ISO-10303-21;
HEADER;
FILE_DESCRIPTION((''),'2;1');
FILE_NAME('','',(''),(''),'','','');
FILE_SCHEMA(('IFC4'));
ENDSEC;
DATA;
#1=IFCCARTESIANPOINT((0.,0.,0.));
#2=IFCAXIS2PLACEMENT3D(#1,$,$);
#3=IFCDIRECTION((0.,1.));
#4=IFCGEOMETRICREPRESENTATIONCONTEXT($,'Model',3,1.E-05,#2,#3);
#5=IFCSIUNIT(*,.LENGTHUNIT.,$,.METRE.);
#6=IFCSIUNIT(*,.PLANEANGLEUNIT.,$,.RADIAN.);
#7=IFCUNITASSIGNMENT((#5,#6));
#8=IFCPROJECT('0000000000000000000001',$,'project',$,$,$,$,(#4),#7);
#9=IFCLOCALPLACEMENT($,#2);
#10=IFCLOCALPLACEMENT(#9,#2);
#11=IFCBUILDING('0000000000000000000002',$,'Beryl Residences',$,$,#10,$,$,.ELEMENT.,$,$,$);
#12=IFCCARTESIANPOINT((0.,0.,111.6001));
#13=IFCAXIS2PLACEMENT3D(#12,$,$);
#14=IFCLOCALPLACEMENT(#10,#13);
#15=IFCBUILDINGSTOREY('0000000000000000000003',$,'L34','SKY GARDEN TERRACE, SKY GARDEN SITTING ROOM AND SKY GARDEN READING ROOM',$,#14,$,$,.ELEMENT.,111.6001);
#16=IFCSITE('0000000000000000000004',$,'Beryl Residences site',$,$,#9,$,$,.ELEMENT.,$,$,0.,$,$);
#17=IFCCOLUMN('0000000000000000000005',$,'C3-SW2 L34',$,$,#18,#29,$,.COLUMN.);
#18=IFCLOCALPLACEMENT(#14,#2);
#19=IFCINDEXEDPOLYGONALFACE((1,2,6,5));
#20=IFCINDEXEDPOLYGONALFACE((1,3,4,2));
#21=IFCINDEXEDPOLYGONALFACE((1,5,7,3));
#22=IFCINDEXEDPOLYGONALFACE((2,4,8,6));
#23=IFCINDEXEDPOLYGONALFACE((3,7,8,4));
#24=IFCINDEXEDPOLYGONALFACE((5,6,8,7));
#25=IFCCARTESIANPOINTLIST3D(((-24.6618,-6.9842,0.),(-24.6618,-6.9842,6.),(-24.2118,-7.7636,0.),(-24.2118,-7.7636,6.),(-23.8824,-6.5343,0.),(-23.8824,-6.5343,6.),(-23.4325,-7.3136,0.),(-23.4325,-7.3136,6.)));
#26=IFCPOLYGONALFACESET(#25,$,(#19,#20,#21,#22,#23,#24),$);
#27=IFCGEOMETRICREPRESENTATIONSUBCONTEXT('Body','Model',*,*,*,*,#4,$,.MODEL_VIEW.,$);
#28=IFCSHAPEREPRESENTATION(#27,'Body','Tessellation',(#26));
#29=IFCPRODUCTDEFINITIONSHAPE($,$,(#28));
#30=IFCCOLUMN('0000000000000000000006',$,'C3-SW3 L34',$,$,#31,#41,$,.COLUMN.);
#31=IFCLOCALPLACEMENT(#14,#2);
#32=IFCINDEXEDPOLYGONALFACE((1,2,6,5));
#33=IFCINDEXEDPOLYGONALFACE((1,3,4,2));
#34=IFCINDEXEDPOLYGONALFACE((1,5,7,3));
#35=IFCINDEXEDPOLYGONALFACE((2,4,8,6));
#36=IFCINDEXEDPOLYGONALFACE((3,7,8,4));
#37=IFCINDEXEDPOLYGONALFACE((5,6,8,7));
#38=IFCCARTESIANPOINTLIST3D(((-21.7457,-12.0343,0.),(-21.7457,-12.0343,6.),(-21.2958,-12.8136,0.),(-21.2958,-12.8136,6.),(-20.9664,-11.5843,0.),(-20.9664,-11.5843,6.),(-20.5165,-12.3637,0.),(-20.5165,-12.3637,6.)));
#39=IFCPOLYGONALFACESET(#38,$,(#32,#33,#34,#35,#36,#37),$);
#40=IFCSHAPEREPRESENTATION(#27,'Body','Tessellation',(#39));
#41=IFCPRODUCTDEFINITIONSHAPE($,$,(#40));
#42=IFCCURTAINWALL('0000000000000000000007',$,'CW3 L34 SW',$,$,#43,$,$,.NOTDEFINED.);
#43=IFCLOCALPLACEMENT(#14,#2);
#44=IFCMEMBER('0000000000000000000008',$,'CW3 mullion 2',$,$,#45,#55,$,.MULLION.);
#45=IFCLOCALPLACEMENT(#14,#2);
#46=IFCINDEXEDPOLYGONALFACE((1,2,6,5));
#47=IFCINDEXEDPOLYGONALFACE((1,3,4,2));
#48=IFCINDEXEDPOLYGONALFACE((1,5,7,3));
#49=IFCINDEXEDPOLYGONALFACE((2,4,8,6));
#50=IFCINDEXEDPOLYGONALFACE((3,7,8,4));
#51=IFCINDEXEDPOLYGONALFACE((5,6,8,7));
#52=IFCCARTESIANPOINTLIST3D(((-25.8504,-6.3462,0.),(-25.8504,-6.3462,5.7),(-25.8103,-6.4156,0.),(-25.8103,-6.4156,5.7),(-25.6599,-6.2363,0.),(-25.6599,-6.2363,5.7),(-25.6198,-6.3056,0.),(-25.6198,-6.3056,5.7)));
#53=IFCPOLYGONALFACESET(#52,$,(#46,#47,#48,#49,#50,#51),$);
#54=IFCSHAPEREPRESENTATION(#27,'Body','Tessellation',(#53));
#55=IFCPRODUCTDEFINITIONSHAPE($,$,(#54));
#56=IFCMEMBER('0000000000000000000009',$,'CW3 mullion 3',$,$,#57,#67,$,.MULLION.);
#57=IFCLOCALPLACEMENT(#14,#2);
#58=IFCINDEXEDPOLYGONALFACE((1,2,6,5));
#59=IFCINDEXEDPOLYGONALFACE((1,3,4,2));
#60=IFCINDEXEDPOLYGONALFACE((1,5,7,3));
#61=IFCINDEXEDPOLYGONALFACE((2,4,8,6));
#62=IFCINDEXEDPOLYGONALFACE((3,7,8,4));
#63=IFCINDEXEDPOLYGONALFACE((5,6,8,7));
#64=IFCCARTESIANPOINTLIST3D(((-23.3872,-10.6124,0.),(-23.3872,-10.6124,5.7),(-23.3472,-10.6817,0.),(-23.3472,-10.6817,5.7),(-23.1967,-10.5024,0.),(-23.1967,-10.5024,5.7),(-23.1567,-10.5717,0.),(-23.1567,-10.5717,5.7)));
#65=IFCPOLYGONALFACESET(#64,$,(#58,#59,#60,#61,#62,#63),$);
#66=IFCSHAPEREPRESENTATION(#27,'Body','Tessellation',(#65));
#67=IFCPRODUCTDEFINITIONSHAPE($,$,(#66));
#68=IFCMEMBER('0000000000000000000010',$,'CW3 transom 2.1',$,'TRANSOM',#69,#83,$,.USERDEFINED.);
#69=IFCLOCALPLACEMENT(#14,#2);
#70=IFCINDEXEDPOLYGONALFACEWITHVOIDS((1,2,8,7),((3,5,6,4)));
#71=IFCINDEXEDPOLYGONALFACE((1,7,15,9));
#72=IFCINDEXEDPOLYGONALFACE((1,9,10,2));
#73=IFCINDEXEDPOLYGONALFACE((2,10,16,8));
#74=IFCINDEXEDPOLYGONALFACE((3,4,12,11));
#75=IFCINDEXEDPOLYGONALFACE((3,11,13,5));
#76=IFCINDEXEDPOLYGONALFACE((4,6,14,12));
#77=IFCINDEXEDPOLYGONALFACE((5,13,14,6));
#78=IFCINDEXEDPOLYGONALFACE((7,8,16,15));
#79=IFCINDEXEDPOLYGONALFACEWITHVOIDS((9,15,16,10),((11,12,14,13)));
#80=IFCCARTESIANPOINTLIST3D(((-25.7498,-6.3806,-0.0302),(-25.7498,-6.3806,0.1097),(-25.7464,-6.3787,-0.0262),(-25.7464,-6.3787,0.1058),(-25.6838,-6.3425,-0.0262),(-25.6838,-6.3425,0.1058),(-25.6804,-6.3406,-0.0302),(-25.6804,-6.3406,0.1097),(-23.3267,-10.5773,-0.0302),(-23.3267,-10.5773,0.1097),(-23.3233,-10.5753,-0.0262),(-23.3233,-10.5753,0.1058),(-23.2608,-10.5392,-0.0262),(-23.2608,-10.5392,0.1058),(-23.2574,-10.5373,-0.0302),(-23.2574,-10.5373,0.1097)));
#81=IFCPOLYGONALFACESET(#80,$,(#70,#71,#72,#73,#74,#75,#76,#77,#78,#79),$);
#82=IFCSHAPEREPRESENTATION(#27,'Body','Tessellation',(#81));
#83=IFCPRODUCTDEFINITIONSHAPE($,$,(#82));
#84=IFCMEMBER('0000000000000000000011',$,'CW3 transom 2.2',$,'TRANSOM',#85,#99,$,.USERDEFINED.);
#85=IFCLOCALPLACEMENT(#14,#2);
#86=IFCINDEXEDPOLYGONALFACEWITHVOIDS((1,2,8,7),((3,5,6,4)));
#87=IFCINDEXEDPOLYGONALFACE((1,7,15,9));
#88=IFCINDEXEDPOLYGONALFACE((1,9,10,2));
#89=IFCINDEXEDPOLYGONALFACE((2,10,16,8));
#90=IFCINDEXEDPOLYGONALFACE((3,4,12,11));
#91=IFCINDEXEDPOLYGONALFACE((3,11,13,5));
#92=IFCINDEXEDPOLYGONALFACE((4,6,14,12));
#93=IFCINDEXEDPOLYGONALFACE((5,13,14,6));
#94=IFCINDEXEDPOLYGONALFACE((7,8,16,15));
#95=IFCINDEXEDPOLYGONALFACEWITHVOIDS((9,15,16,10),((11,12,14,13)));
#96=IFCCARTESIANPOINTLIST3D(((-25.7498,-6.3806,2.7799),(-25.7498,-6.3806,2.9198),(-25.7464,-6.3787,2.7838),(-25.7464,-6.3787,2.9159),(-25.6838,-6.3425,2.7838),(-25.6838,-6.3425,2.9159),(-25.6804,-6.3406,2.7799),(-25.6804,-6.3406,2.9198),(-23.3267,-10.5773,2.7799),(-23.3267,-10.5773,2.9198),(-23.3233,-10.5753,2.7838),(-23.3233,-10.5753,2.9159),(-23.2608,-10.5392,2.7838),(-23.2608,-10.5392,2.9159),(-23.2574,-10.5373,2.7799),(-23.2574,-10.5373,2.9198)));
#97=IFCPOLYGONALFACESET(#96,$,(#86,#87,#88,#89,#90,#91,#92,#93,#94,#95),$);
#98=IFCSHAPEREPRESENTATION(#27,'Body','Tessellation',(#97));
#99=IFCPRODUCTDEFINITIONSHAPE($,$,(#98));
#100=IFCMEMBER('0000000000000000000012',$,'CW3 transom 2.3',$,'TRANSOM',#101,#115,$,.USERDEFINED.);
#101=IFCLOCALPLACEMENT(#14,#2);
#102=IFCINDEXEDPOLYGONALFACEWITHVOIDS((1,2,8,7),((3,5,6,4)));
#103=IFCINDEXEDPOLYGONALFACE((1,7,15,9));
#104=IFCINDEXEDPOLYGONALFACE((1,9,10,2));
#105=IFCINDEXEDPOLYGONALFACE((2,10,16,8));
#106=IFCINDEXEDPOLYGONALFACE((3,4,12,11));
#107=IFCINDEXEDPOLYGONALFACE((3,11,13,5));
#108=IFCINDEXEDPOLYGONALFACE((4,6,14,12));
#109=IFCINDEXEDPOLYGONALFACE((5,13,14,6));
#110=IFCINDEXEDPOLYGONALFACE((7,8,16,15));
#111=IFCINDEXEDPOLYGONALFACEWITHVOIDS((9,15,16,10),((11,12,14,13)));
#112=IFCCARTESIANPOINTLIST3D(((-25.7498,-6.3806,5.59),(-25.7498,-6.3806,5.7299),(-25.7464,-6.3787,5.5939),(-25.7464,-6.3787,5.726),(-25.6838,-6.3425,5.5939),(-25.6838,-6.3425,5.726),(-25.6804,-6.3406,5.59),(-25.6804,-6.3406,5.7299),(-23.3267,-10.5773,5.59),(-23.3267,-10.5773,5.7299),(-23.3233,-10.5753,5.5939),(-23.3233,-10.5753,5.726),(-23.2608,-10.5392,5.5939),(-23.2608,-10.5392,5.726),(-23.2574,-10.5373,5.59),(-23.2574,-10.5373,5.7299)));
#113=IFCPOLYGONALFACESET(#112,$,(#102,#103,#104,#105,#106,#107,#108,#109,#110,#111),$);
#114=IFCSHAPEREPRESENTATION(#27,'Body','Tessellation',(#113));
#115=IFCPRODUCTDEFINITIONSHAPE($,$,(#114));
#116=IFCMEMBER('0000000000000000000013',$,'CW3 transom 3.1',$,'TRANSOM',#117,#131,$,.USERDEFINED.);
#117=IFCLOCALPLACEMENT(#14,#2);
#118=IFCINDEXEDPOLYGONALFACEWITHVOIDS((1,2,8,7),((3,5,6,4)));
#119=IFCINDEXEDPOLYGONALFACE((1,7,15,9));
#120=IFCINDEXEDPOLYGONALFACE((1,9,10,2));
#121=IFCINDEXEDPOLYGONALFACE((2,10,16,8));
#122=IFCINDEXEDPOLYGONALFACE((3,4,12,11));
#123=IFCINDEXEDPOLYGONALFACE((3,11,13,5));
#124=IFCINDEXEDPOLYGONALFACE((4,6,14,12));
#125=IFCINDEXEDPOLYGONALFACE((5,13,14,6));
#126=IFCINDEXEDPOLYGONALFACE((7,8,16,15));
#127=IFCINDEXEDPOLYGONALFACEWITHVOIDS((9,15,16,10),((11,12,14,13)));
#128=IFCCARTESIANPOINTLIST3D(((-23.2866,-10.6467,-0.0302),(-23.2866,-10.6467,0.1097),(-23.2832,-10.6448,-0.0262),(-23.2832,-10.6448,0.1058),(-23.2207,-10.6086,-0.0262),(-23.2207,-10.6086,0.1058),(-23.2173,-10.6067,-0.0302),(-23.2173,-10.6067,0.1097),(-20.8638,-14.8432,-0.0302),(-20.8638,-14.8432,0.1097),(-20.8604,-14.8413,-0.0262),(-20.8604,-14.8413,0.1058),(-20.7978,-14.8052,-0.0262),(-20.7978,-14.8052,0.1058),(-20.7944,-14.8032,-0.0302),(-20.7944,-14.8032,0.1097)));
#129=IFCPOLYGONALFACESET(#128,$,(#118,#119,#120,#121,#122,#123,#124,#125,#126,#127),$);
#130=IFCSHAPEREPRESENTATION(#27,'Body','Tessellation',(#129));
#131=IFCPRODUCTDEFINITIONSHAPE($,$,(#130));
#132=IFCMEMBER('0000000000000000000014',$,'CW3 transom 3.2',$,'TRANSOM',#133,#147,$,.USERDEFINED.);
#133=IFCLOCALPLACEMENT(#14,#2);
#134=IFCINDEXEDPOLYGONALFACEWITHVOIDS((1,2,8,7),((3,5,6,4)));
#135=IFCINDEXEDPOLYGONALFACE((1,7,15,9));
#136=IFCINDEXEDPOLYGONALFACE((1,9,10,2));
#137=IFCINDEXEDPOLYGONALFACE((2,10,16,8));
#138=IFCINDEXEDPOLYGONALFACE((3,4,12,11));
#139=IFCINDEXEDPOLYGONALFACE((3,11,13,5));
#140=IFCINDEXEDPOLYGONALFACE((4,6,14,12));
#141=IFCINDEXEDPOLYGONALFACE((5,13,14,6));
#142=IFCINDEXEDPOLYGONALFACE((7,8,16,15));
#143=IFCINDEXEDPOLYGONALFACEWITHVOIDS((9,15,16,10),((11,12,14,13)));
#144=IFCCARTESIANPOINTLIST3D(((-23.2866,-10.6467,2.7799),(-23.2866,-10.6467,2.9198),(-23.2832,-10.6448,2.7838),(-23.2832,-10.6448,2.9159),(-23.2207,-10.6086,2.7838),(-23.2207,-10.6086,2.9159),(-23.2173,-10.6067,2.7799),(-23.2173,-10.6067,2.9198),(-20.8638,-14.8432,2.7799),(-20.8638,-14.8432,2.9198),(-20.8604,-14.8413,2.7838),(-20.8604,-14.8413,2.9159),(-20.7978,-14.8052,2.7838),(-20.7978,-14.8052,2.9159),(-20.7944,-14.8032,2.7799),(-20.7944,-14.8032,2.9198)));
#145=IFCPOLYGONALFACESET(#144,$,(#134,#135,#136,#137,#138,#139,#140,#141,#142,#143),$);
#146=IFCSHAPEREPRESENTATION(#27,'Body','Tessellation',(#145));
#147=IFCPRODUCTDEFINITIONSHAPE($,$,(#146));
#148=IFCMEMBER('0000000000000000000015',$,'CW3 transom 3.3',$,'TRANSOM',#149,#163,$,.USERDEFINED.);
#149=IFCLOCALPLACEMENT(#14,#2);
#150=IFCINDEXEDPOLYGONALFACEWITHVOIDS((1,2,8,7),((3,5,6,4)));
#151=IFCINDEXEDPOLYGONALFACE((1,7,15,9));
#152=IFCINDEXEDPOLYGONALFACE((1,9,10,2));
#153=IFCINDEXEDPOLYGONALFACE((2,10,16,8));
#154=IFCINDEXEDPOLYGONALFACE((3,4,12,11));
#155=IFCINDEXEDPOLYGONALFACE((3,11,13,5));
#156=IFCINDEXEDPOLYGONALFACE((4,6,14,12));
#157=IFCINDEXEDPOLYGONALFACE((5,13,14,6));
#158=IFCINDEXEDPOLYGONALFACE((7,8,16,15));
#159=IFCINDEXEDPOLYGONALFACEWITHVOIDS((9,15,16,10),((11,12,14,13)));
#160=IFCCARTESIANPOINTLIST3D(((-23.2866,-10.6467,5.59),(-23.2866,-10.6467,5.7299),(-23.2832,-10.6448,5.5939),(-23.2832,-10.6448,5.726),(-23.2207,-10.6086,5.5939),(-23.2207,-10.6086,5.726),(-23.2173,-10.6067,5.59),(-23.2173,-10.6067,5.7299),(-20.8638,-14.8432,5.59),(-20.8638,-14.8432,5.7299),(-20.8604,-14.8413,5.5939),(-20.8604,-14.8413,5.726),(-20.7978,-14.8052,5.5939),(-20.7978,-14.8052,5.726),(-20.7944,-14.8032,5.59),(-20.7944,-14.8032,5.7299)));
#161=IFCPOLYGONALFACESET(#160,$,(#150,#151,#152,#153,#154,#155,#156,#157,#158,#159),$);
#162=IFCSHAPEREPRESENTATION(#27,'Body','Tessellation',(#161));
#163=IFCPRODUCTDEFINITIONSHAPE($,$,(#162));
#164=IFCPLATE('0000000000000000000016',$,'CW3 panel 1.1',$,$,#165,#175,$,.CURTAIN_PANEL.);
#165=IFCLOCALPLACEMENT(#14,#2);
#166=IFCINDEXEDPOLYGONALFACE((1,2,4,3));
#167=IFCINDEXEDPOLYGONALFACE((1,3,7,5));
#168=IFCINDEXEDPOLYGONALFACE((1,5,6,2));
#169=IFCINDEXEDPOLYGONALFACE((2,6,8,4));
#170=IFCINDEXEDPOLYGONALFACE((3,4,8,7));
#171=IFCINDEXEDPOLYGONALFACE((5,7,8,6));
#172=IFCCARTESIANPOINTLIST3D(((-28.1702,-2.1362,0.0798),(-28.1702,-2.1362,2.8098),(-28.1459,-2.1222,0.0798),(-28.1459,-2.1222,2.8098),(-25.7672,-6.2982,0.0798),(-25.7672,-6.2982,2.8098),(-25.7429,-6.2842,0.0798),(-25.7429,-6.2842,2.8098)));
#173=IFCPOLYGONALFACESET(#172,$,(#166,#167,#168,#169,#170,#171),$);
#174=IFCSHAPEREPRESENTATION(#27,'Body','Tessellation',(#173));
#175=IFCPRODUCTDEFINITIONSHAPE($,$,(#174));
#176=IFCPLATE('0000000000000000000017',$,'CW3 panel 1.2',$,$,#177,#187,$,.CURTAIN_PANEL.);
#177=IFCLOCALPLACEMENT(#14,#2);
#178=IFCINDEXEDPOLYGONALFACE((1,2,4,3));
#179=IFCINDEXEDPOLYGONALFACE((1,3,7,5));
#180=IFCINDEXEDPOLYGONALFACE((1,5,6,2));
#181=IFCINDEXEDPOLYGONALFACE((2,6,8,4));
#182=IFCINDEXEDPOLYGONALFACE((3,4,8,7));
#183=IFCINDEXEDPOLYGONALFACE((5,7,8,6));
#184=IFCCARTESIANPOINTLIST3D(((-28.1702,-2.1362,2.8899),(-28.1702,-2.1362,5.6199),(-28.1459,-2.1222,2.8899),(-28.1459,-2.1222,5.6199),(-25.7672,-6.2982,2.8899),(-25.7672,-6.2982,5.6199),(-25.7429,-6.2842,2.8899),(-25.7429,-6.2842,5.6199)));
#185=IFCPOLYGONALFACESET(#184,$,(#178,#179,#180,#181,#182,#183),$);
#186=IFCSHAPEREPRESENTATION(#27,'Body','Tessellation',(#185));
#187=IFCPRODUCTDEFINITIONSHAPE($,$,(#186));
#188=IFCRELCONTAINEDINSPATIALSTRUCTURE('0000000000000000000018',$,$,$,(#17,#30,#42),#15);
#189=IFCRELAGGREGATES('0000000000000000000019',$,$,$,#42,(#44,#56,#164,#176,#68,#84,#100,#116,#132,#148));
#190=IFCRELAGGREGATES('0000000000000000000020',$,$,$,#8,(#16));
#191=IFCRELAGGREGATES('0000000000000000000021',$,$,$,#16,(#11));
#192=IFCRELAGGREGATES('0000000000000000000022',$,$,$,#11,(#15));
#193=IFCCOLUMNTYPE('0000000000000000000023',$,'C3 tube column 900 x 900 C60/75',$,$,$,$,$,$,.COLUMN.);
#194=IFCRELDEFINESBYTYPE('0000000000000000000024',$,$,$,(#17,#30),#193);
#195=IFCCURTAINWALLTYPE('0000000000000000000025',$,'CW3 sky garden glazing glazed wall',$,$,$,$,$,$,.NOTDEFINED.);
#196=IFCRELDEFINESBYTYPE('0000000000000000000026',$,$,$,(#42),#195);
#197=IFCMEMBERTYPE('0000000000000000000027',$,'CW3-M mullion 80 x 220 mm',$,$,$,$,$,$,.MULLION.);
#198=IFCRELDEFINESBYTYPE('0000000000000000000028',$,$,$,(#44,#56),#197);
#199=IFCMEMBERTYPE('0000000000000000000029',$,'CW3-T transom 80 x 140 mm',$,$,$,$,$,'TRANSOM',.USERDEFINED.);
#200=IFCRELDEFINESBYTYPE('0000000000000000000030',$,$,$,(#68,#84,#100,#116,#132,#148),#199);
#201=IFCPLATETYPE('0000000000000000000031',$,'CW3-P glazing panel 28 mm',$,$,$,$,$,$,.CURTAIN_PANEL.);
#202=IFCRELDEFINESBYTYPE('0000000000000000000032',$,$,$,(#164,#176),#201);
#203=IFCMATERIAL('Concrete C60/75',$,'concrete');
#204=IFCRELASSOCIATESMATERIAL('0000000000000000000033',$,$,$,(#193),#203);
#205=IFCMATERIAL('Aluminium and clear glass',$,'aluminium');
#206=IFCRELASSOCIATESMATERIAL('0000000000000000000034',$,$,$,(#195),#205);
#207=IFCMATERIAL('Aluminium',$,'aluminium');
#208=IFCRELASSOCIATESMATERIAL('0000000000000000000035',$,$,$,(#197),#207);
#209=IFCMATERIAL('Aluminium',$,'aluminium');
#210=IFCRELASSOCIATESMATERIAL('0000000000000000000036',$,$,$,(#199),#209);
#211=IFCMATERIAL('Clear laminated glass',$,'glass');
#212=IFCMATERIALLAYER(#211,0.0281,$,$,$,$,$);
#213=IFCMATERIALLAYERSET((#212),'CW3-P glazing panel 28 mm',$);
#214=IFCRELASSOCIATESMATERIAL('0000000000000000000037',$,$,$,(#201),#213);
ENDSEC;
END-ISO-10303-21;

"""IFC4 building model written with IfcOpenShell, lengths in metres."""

from ifc_helpers import new_model, si_unit, direction, frame, origin, origin_2d, place, context, subcontext, project, spatial, rectangle, hollow_rectangle, extrude, material, layer, layer_set, material_profile, profile_set, type_object, element, aggregate, save


model = new_model("IFC4")

# Units and contexts
model_context = context("Model", 3, precision=1e-05, world=origin(), true_north=direction((0.0, 1.0)))
body_context = subcontext(model_context, "Body", "Model", "MODEL_VIEW")
ifc_project = project(units=[si_unit("LENGTHUNIT", "METRE"), si_unit("PLANEANGLEUNIT", "RADIAN")], contexts=[model_context])

# Site, building, storey
site_placement = place(None, origin())
site = spatial("IfcSite", under=ifc_project, at=site_placement, Name="Beryl Residences site", CompositionType="ELEMENT", RefElevation=0.0)
building_placement = place(site_placement, origin())
building = spatial("IfcBuilding", under=site, at=building_placement, Name="Beryl Residences", CompositionType="ELEMENT")
storey_placement = place(building_placement, frame((0.0, 0.0, 111.6001)))
storey = spatial("IfcBuildingStorey", under=building, at=storey_placement, Name="L34", Description="SKY GARDEN TERRACE, SKY GARDEN SITTING ROOM AND SKY GARDEN READING ROOM", CompositionType="ELEMENT", Elevation=111.6001)

# Columns
ifc_material_1 = material(Name="Concrete C60/75", Category="concrete")
ifc_material_profile_1 = material_profile(ifc_material_1, rectangle(XDim=0.8999, YDim=0.8999, at=origin_2d()))
ifc_profile_set_1 = profile_set([ifc_material_profile_1], Name="Concrete C60/75")
column_type = type_object("IfcColumnType", Name="C3 tube column 900 x 900 C60/75", PredefinedType="COLUMN", material=ifc_profile_set_1)
for number, where, z_axis, x_axis, name in (
    (1, (-24.0471, -7.1489, 0.0), (0.0, 0.0, 1.0), (0.5, -0.866025, 0.0), "C3-SW2 L34"),
    (2, (-21.1311, -12.199, 0.0), (0.0, 0.0, 1.0), (0.5, -0.866025, 0.0), "C3-SW3 L34"),
):
    element("IfcColumn", number, at=place(storey_placement, frame(where, z_axis=z_axis, x_axis=x_axis)), inside=storey, type_object=column_type, Name=name, PredefinedType="COLUMN", context=body_context, shape_type="SweptSolid", body=[
        extrude(rectangle(XDim=0.8999, YDim=0.8999, at=origin_2d()), origin(), (0.0, 0.0, 1.0), 6.0),
    ])

# Curtain wall, members, plates
ifc_material_2 = material(Name="Aluminium and clear glass", Category="aluminium")
curtain_wall_type = type_object("IfcCurtainWallType", Name="CW3 sky garden glazing glazed wall", PredefinedType="NOTDEFINED", material=ifc_material_2)
curtain_wall_placement = place(storey_placement, origin())
curtain_wall = element("IfcCurtainWall", 3, at=curtain_wall_placement, inside=storey, type_object=curtain_wall_type, Name="CW3 L34 SW", PredefinedType="NOTDEFINED")
ifc_material_3 = material(Name="Aluminium", Category="aluminium")
ifc_material_profile_2 = material_profile(ifc_material_3, rectangle(XDim=0.0801, YDim=0.22, at=origin_2d()))
ifc_profile_set_2 = profile_set([ifc_material_profile_2], Name="Aluminium")
member_type_1 = type_object("IfcMemberType", Name="CW3-M mullion 80 x 220 mm", PredefinedType="MULLION", material=ifc_profile_set_2)
member_1_placement = place(storey_placement, frame((-25.7351, -6.3259, 0.0), z_axis=(0.0, 0.0, 1.0), x_axis=(0.500004, -0.866023, 0.0)))
member_1 = element("IfcMember", 4, at=member_1_placement, type_object=member_type_1, Name="CW3 mullion 2", PredefinedType="MULLION", context=body_context, shape_type="SweptSolid", body=[
    extrude(rectangle(XDim=0.0801, YDim=0.22, at=origin_2d()), origin(), (0.0, 0.0, 1.0), 5.7),
])
member_2_placement = place(storey_placement, frame((-23.272, -10.592, 0.0), z_axis=(0.0, 0.0, 1.0), x_axis=(0.500004, -0.866023, 0.0)))
member_2 = element("IfcMember", 5, at=member_2_placement, type_object=member_type_1, Name="CW3 mullion 3", PredefinedType="MULLION", context=body_context, shape_type="SweptSolid", body=[
    extrude(rectangle(XDim=0.0801, YDim=0.22, at=origin_2d()), origin(), (0.0, 0.0, 1.0), 5.7),
])
ifc_material_4 = material(Name="Aluminium", Category="aluminium")
ifc_material_profile_3 = material_profile(ifc_material_4, hollow_rectangle(XDim=0.0801, YDim=0.1399, WallThickness=0.0039, at=origin_2d()))
ifc_profile_set_3 = profile_set([ifc_material_profile_3], Name="Aluminium")
member_type_2 = type_object("IfcMemberType", Name="CW3-T transom 80 x 140 mm", ElementType="TRANSOM", PredefinedType="USERDEFINED", material=ifc_profile_set_3)
member_3_placement = place(storey_placement, frame((-25.7151, -6.3606, 0.0398), z_axis=(0.500013, -0.866018, 0.0), x_axis=(0.866018, 0.500013, 0.0)))
member_3 = element("IfcMember", 6, at=member_3_placement, type_object=member_type_2, Name="CW3 transom 2.1", ObjectType="TRANSOM", PredefinedType="USERDEFINED", context=body_context, shape_type="SweptSolid", body=[
    extrude(hollow_rectangle(XDim=0.0801, YDim=0.1399, WallThickness=0.0039, at=origin_2d()), origin(), (0.0, 0.0, 1.0), 4.8459),
])
member_4_placement = place(storey_placement, frame((-25.7151, -6.3606, 2.8499), z_axis=(0.500013, -0.866018, 0.0), x_axis=(0.866018, 0.500013, 0.0)))
member_4 = element("IfcMember", 7, at=member_4_placement, type_object=member_type_2, Name="CW3 transom 2.2", ObjectType="TRANSOM", PredefinedType="USERDEFINED", context=body_context, shape_type="SweptSolid", body=[
    extrude(hollow_rectangle(XDim=0.0801, YDim=0.1399, WallThickness=0.0039, at=origin_2d()), origin(), (0.0, 0.0, 1.0), 4.8459),
])
member_5_placement = place(storey_placement, frame((-25.7151, -6.3606, 5.6599), z_axis=(0.500013, -0.866018, 0.0), x_axis=(0.866018, 0.500013, 0.0)))
member_5 = element("IfcMember", 8, at=member_5_placement, type_object=member_type_2, Name="CW3 transom 2.3", ObjectType="TRANSOM", PredefinedType="USERDEFINED", context=body_context, shape_type="SweptSolid", body=[
    extrude(hollow_rectangle(XDim=0.0801, YDim=0.1399, WallThickness=0.0039, at=origin_2d()), origin(), (0.0, 0.0, 1.0), 4.8459),
])
member_6_placement = place(storey_placement, frame((-23.252, -10.6267, 0.0398), z_axis=(0.499997, -0.866027, 0.0), x_axis=(0.866027, 0.499997, 0.0)))
member_6 = element("IfcMember", 9, at=member_6_placement, type_object=member_type_2, Name="CW3 transom 3.1", ObjectType="TRANSOM", PredefinedType="USERDEFINED", context=body_context, shape_type="SweptSolid", body=[
    extrude(hollow_rectangle(XDim=0.0801, YDim=0.1399, WallThickness=0.0039, at=origin_2d()), origin(), (0.0, 0.0, 1.0), 4.8457),
])
member_7_placement = place(storey_placement, frame((-23.252, -10.6267, 2.8499), z_axis=(0.499997, -0.866027, 0.0), x_axis=(0.866027, 0.499997, 0.0)))
member_7 = element("IfcMember", 10, at=member_7_placement, type_object=member_type_2, Name="CW3 transom 3.2", ObjectType="TRANSOM", PredefinedType="USERDEFINED", context=body_context, shape_type="SweptSolid", body=[
    extrude(hollow_rectangle(XDim=0.0801, YDim=0.1399, WallThickness=0.0039, at=origin_2d()), origin(), (0.0, 0.0, 1.0), 4.8457),
])
member_8_placement = place(storey_placement, frame((-23.252, -10.6267, 5.6599), z_axis=(0.499997, -0.866027, 0.0), x_axis=(0.866027, 0.499997, 0.0)))
member_8 = element("IfcMember", 11, at=member_8_placement, type_object=member_type_2, Name="CW3 transom 3.3", ObjectType="TRANSOM", PredefinedType="USERDEFINED", context=body_context, shape_type="SweptSolid", body=[
    extrude(hollow_rectangle(XDim=0.0801, YDim=0.1399, WallThickness=0.0039, at=origin_2d()), origin(), (0.0, 0.0, 1.0), 4.8457),
])
ifc_material_5 = material(Name="Clear laminated glass", Category="glass")
ifc_layer_1 = layer(ifc_material_5, 0.0281)
ifc_layer_set_1 = layer_set([ifc_layer_1], Name="CW3-P glazing panel 28 mm")
plate_type = type_object("IfcPlateType", Name="CW3-P glazing panel 28 mm", PredefinedType="CURTAIN_PANEL", material=ifc_layer_set_1)
plate_1_placement = place(storey_placement, frame((-26.9565, -4.2102, 0.0798), z_axis=(0.0, 0.0, 1.0), x_axis=(0.500004, -0.866023, 0.0)))
plate_1 = element("IfcPlate", 12, at=plate_1_placement, type_object=plate_type, Name="CW3 panel 1.1", PredefinedType="CURTAIN_PANEL", context=body_context, shape_type="SweptSolid", body=[
    extrude(rectangle(XDim=4.8059, YDim=0.0281, at=origin_2d()), origin(), (0.0, 0.0, 1.0), 2.73),
])
plate_2_placement = place(storey_placement, frame((-26.9565, -4.2102, 2.8899), z_axis=(0.0, 0.0, 1.0), x_axis=(0.500004, -0.866023, 0.0)))
plate_2 = element("IfcPlate", 13, at=plate_2_placement, type_object=plate_type, Name="CW3 panel 1.2", PredefinedType="CURTAIN_PANEL", context=body_context, shape_type="SweptSolid", body=[
    extrude(rectangle(XDim=4.8059, YDim=0.0281, at=origin_2d()), origin(), (0.0, 0.0, 1.0), 2.73),
])
aggregate(curtain_wall, [member_1, member_2, plate_1, plate_2, member_3, member_4, member_5, member_6, member_7, member_8])

save(model, "model.ifc")
